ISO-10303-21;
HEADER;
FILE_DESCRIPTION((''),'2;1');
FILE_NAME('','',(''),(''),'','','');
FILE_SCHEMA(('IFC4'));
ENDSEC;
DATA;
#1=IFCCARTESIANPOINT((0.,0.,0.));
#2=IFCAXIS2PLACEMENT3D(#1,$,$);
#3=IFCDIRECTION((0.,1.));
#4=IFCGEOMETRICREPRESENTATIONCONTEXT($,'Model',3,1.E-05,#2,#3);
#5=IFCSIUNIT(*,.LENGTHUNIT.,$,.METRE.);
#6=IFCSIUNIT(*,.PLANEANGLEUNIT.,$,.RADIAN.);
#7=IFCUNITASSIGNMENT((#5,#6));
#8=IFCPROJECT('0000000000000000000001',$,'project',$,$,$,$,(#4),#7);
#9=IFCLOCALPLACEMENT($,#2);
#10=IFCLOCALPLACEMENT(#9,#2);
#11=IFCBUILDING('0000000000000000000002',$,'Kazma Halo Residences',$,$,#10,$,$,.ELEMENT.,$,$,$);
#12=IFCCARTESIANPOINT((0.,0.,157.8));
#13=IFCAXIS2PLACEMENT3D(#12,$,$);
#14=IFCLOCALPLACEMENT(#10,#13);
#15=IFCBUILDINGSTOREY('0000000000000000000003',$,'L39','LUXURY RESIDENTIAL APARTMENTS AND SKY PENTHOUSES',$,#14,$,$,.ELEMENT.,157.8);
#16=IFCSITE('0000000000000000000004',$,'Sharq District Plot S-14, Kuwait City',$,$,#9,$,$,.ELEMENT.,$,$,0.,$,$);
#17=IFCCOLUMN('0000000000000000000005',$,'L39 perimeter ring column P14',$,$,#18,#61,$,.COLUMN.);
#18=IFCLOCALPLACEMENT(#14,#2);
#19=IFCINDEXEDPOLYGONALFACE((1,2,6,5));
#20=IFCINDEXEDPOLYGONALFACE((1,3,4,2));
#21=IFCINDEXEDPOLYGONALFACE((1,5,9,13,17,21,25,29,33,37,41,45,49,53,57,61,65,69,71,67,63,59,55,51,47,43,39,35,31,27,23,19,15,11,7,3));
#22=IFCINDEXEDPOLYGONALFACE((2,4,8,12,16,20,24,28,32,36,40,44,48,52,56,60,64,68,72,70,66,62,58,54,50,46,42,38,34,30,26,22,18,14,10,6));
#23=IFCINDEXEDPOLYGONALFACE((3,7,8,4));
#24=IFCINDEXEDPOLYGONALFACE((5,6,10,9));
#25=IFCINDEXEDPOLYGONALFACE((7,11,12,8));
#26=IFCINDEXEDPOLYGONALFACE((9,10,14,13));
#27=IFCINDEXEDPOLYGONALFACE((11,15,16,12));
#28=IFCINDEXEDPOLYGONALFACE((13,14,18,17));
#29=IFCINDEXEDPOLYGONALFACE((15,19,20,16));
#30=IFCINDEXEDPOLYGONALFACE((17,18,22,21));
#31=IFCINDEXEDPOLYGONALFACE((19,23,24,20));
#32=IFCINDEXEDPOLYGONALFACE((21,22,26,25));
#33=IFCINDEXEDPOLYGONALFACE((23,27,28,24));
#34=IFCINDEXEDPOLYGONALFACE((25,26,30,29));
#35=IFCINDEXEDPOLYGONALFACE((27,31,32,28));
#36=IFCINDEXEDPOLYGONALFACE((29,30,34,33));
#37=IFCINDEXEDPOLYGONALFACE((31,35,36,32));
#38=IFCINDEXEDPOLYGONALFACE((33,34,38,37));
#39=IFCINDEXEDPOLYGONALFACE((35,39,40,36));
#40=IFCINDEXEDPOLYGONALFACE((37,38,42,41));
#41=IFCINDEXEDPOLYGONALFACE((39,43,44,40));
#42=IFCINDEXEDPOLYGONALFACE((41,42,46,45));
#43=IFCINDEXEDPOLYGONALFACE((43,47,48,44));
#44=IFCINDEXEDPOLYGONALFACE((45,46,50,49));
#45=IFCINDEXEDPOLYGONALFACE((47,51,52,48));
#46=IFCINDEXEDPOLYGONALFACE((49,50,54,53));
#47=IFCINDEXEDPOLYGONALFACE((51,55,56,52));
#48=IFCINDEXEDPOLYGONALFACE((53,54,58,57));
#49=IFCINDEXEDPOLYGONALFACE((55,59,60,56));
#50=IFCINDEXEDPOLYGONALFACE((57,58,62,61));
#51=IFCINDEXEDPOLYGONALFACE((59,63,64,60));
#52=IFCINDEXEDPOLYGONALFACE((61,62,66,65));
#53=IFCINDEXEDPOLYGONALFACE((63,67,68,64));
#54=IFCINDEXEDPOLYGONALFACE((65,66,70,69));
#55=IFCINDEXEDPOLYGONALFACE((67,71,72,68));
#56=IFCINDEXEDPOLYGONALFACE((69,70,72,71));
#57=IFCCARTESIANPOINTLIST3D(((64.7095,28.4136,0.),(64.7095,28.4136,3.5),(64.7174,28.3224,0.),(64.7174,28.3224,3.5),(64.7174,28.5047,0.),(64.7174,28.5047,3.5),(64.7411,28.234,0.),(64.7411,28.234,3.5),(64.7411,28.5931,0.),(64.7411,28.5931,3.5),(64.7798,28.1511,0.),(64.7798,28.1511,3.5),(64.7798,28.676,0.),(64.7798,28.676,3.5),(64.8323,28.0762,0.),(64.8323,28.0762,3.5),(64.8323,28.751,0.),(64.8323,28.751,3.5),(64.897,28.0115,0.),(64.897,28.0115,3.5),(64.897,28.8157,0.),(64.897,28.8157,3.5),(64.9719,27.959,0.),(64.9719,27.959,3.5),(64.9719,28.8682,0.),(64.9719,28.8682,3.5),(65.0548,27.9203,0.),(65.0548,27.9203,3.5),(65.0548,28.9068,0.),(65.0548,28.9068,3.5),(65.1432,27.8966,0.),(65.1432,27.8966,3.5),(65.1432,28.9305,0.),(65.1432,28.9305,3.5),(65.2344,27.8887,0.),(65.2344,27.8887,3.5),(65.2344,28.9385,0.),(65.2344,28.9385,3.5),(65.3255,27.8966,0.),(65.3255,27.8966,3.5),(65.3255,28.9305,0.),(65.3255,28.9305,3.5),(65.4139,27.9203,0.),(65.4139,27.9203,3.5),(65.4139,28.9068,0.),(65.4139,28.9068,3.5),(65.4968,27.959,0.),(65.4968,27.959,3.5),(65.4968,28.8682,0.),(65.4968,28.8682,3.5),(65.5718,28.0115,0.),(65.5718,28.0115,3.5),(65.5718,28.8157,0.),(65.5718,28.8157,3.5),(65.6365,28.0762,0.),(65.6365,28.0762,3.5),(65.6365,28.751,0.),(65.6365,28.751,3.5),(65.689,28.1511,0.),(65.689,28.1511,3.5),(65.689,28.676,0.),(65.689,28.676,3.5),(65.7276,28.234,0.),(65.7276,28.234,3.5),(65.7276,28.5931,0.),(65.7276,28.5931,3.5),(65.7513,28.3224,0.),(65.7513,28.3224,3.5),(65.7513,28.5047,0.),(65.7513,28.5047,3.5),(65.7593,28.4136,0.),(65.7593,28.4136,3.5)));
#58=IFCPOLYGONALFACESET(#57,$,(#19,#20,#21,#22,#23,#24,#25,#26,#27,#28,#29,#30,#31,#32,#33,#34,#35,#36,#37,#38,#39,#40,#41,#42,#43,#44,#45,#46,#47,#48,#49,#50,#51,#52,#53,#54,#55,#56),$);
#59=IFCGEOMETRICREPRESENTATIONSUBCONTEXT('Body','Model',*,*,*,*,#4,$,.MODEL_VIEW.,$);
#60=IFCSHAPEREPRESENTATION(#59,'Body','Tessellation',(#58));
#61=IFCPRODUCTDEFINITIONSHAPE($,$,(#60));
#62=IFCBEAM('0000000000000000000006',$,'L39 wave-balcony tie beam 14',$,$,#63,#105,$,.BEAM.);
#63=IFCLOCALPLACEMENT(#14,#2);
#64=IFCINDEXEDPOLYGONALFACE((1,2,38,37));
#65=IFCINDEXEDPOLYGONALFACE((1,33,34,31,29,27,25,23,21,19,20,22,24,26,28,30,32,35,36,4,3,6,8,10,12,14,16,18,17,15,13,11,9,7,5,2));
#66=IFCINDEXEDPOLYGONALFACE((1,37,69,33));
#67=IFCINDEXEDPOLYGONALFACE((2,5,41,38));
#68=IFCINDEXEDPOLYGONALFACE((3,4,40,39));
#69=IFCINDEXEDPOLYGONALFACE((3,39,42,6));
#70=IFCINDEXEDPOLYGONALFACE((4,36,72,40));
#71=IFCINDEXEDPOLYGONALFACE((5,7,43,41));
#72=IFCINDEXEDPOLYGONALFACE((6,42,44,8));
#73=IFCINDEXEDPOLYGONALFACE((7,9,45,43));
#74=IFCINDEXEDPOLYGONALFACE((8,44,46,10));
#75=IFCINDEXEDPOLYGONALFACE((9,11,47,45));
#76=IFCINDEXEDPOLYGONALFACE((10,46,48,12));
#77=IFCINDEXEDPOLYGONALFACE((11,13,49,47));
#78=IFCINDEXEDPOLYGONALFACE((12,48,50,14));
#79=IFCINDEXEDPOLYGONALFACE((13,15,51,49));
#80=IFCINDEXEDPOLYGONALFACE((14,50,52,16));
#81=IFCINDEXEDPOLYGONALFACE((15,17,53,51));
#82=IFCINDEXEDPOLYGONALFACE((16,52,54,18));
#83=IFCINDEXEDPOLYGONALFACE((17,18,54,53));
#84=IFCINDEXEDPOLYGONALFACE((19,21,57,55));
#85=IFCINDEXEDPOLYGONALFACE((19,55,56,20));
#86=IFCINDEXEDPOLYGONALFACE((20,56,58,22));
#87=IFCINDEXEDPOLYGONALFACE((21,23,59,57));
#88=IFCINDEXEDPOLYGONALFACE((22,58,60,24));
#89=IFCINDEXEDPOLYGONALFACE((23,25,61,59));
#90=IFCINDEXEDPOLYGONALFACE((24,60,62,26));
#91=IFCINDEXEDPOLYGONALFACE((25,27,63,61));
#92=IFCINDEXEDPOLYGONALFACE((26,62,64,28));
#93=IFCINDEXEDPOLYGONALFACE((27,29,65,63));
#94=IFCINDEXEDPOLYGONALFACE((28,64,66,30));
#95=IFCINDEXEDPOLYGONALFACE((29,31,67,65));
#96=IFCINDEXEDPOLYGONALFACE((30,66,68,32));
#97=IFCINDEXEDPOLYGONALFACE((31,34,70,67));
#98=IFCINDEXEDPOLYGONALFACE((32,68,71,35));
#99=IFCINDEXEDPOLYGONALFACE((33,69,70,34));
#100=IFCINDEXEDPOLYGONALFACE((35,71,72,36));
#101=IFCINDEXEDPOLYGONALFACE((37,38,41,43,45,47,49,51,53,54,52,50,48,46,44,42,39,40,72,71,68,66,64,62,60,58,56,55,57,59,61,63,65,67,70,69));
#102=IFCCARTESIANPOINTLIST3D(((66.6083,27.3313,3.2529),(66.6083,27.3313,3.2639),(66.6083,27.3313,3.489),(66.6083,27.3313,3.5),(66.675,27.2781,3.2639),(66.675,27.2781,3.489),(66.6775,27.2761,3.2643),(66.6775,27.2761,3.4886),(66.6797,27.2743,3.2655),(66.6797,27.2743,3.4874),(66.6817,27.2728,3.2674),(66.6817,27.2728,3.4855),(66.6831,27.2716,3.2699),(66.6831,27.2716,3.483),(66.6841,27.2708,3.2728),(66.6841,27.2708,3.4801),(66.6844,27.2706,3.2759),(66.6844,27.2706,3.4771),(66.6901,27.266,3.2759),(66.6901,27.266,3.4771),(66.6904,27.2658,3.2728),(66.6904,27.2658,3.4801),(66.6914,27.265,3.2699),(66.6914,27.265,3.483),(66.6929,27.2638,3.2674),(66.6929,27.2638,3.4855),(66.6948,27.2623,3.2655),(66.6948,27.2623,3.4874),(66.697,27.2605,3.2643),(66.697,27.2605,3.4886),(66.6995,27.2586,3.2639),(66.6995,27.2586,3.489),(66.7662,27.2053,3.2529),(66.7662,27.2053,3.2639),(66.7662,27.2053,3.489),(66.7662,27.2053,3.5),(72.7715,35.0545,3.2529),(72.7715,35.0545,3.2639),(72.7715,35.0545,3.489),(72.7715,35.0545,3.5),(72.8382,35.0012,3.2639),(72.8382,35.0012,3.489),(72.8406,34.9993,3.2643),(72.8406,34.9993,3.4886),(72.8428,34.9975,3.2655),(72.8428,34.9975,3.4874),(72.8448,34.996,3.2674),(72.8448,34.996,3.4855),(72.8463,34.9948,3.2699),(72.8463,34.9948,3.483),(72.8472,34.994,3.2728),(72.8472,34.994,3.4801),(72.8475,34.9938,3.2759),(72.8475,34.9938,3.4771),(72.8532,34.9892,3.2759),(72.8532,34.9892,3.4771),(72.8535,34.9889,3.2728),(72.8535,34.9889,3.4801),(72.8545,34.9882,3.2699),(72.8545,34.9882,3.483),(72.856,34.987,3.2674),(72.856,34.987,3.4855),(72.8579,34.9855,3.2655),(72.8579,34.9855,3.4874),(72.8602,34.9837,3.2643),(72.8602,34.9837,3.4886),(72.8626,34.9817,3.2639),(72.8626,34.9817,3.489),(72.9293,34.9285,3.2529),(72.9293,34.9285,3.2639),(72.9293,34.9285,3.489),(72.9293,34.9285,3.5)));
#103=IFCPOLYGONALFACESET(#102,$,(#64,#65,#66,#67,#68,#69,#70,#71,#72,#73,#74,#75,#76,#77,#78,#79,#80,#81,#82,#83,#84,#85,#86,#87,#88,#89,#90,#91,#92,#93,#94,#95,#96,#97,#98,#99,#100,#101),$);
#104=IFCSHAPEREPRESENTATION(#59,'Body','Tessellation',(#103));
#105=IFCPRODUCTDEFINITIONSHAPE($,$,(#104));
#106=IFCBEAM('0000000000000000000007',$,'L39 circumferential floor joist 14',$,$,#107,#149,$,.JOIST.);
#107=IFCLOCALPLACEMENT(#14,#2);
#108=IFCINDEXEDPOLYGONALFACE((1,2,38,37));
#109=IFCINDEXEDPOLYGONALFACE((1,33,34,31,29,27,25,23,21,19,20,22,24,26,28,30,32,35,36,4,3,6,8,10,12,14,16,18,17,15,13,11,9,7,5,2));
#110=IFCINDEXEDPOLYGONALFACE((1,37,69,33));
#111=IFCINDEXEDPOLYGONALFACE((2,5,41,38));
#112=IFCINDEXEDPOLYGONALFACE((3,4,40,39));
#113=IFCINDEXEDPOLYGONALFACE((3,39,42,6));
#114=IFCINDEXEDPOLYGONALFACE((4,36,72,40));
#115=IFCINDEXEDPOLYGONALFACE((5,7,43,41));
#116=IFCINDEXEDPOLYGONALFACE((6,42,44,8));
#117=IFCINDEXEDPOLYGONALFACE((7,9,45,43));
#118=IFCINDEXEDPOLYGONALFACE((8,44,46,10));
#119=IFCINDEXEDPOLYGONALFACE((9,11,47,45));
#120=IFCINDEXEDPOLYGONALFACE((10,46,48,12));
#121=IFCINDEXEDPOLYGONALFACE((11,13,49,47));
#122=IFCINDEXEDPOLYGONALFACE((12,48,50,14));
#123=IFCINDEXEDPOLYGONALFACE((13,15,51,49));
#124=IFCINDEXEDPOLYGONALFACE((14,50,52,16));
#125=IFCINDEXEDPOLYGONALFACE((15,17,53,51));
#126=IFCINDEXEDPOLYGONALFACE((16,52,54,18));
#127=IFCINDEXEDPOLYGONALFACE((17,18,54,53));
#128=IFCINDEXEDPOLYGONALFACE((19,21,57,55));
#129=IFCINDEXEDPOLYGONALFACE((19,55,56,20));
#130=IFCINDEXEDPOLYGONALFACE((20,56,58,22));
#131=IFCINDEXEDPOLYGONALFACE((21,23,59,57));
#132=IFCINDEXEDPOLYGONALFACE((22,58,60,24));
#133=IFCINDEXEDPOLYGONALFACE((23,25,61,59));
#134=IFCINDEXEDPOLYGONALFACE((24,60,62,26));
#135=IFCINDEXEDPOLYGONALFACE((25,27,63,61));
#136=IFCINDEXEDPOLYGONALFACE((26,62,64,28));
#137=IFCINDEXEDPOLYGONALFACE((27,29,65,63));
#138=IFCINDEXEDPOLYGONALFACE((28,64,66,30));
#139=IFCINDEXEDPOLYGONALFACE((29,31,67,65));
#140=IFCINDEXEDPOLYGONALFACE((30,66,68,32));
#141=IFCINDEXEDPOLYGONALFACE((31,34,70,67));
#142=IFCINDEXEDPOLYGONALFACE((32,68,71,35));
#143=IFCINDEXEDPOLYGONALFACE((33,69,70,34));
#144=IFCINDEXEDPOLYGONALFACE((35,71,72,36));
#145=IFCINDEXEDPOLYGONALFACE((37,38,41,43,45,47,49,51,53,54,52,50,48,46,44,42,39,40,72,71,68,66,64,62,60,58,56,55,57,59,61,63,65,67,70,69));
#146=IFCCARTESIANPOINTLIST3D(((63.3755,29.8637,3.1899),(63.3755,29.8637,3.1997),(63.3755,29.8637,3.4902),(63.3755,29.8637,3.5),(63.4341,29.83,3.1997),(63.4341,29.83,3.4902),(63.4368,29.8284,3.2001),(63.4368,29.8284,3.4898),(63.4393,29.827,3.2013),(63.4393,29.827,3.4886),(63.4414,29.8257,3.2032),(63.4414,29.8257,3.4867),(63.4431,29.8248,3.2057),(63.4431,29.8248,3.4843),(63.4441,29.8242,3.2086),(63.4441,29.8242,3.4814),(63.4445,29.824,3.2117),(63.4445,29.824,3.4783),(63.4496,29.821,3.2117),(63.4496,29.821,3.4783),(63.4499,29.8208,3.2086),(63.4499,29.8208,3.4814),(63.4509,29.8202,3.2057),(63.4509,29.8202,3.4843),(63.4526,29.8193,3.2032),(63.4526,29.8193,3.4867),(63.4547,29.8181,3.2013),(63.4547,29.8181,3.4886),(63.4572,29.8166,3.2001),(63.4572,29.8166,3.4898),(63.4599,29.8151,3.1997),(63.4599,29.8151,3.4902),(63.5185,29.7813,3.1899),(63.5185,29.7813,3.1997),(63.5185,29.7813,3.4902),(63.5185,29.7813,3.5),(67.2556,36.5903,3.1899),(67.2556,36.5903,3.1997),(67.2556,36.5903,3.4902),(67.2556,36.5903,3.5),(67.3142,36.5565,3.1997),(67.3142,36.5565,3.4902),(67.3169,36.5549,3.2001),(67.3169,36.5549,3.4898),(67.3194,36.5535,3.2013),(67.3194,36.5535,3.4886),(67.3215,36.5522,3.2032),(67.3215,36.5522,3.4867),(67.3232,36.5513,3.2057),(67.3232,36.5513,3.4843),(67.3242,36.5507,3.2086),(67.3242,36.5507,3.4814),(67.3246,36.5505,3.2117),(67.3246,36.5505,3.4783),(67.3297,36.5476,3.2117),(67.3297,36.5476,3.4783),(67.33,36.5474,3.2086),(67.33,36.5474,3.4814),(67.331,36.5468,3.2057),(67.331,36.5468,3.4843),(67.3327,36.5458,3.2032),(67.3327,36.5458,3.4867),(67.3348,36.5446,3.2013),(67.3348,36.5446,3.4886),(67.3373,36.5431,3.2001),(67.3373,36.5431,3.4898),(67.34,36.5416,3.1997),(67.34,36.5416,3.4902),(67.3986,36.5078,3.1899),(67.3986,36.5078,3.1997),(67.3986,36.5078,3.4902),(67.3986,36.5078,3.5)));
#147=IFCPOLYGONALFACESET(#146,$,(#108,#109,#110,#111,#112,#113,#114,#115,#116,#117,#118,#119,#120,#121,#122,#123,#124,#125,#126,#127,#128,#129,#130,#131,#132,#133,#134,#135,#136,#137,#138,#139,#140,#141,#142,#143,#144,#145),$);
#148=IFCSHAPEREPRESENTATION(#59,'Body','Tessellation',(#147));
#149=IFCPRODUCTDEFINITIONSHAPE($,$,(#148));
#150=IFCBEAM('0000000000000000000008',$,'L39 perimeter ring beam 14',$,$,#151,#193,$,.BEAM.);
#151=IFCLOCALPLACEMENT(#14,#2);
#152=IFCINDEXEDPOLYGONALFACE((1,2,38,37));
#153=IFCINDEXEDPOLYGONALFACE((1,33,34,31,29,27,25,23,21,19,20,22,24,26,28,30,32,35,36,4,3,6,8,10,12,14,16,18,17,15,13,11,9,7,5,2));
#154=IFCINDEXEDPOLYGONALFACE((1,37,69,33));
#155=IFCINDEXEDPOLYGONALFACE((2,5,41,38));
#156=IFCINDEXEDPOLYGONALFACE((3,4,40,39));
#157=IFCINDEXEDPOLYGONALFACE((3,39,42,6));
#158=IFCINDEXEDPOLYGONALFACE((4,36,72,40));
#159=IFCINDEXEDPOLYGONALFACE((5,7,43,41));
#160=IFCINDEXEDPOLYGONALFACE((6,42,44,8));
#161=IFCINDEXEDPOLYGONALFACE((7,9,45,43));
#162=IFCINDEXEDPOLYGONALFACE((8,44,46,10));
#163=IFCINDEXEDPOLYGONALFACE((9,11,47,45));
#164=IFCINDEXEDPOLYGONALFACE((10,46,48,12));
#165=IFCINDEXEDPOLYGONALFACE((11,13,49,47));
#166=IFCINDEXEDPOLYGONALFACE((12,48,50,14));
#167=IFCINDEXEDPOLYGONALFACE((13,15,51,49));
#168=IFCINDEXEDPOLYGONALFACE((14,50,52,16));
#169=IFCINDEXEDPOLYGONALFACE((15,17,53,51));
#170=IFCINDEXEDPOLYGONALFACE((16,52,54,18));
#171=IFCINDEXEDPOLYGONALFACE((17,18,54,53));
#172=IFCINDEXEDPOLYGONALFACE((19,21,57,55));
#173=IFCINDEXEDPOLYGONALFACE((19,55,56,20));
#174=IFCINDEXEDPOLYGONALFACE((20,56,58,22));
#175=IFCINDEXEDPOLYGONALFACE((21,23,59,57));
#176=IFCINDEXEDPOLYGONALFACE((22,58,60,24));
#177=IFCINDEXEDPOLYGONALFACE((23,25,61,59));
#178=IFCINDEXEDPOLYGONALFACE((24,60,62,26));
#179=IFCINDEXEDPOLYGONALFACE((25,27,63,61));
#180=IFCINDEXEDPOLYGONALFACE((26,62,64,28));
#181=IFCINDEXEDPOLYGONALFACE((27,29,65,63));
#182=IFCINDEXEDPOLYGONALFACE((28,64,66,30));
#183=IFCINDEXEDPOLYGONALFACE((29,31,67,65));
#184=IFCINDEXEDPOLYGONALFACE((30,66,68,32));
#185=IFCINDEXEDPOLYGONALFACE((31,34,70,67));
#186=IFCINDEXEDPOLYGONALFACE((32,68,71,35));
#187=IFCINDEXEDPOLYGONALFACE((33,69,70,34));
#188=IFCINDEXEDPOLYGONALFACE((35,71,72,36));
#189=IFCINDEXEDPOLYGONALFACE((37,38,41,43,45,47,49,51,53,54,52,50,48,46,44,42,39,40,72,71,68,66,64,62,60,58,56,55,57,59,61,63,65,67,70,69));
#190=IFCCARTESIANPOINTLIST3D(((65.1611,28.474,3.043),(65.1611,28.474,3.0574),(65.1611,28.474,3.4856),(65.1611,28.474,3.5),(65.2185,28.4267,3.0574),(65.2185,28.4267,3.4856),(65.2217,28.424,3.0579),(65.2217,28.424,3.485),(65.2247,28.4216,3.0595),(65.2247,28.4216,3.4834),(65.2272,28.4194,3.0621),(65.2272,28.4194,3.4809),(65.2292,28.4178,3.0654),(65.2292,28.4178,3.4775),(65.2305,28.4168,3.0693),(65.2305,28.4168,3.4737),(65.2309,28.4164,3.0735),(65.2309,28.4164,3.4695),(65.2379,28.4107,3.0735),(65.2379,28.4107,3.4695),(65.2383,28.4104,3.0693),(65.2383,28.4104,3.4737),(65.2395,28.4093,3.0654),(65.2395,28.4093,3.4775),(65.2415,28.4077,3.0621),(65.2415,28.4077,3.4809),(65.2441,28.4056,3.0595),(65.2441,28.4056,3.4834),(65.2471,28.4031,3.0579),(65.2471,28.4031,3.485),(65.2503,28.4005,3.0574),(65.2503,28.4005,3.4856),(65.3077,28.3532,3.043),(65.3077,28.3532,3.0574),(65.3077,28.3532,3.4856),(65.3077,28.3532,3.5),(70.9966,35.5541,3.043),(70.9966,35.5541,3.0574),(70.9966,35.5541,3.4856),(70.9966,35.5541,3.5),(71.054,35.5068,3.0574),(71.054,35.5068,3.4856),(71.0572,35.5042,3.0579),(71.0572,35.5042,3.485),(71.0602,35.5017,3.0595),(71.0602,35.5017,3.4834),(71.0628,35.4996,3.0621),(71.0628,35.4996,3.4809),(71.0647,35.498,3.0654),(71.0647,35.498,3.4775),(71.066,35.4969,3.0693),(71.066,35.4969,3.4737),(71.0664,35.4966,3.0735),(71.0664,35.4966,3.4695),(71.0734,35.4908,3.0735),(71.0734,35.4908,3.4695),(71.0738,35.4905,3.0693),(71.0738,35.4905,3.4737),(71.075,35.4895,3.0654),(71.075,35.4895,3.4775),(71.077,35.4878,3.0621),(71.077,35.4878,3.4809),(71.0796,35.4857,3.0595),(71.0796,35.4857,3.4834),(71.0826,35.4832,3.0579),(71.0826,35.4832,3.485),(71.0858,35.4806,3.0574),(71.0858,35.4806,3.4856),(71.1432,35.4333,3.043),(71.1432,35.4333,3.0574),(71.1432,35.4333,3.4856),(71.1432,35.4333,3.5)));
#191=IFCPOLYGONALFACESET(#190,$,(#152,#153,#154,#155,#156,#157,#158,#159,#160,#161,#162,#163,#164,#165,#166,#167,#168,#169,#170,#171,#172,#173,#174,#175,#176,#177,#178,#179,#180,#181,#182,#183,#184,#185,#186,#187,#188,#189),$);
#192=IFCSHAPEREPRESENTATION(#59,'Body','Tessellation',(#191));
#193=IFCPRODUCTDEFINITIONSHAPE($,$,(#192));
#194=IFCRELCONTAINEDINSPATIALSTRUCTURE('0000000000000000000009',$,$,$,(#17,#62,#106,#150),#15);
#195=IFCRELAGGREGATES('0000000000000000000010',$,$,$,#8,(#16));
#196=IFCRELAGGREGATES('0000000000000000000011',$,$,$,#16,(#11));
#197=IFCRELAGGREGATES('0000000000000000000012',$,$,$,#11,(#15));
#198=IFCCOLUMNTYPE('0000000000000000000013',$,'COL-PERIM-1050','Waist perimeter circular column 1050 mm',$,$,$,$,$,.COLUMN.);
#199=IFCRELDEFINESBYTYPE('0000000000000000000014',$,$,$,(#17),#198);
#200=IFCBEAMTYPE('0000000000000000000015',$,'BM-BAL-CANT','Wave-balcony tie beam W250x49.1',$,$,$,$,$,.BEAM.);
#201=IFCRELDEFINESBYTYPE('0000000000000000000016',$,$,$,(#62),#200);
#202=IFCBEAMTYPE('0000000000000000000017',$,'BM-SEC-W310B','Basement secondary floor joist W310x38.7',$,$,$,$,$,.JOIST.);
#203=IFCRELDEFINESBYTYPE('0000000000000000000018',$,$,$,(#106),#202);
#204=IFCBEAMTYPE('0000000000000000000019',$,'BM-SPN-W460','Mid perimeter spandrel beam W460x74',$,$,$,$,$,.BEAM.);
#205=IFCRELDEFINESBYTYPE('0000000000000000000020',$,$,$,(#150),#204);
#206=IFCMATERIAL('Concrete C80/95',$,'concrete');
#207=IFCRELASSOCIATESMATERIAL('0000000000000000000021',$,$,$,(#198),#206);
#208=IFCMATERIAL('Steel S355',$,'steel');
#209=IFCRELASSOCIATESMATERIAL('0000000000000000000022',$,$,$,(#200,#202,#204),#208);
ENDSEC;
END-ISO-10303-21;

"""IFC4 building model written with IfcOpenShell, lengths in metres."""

from ifc_helpers import new_model, si_unit, direction, frame, origin, origin_2d, place, context, subcontext, project, spatial, circle, i_section, extrude, material, material_profile, profile_set, type_object, element, save


model = new_model("IFC4")

# Units and contexts
model_context = context("Model", 3, precision=1e-05, world=origin(), true_north=direction((0.0, 1.0)))
body_context = subcontext(model_context, "Body", "Model", "MODEL_VIEW")
ifc_project = project(units=[si_unit("LENGTHUNIT", "METRE"), si_unit("PLANEANGLEUNIT", "RADIAN")], contexts=[model_context])

# Site, building, storey
site_placement = place(None, origin())
site = spatial("IfcSite", under=ifc_project, at=site_placement, Name="Sharq District Plot S-14, Kuwait City", CompositionType="ELEMENT", RefElevation=0.0)
building_placement = place(site_placement, origin())
building = spatial("IfcBuilding", under=site, at=building_placement, Name="Kazma Halo Residences", CompositionType="ELEMENT")
storey_placement = place(building_placement, frame((0.0, 0.0, 157.8)))
storey = spatial("IfcBuildingStorey", under=building, at=storey_placement, Name="L39", Description="LUXURY RESIDENTIAL APARTMENTS AND SKY PENTHOUSES", CompositionType="ELEMENT", Elevation=157.8)

# Column
ifc_material_1 = material(Name="Concrete C80/95", Category="concrete")
ifc_material_profile_1 = material_profile(ifc_material_1, circle(Radius=0.5249, at=origin_2d()), Name="CIRC1050")
ifc_profile_set_1 = profile_set([ifc_material_profile_1], Name="Concrete C80/95")
column_type = type_object("IfcColumnType", Name="COL-PERIM-1050", Description="Waist perimeter circular column 1050 mm", PredefinedType="COLUMN", material=ifc_profile_set_1)
column_placement = place(storey_placement, frame((65.2344, 28.4136, 0.0), z_axis=(0.0, 0.0, 1.0), x_axis=(1.0, 0.0, 0.0)))
element("IfcColumn", 1, at=column_placement, inside=storey, type_object=column_type, Name="L39 perimeter ring column P14", PredefinedType="COLUMN", context=body_context, shape_type="SweptSolid", body=[
    extrude(circle(Radius=0.5249, at=origin_2d()), origin(), (0.0, 0.0, 1.0), 3.5),
])

# Beams
ifc_material_2 = material(Name="Steel S355", Category="steel")
ifc_material_profile_2 = material_profile(ifc_material_2, i_section(OverallWidth=0.2019, OverallDepth=0.2471, WebThickness=0.0073, FlangeThickness=0.011, FilletRadius=0.012, at=origin_2d()), Name="W250x49.1")
ifc_profile_set_2 = profile_set([ifc_material_profile_2], Name="Steel S355")
beam_type_1 = type_object("IfcBeamType", Name="BM-BAL-CANT", Description="Wave-balcony tie beam W250x49.1", PredefinedType="BEAM", material=ifc_profile_set_2)
beam_1_placement = place(storey_placement, frame((66.6873, 27.2683, 3.3765), z_axis=(0.623742, 0.78163, 0.0), x_axis=(-0.78163, 0.623742, 0.0)))
element("IfcBeam", 2, at=beam_1_placement, inside=storey, type_object=beam_type_1, Name="L39 wave-balcony tie beam 14", PredefinedType="BEAM", context=body_context, shape_type="SweptSolid", body=[
    extrude(i_section(OverallWidth=0.2019, OverallDepth=0.2471, WebThickness=0.0073, FlangeThickness=0.011, FilletRadius=0.012, at=origin_2d()), origin(), (0.0, 0.0, 1.0), 9.8809),
])
ifc_material_profile_3 = material_profile(ifc_material_2, i_section(OverallWidth=0.165, OverallDepth=0.3101, WebThickness=0.0059, FlangeThickness=0.0098, FilletRadius=0.012, at=origin_2d()), Name="W310x38.7")
ifc_profile_set_3 = profile_set([ifc_material_profile_3], Name="Steel S355")
beam_type_2 = type_object("IfcBeamType", Name="BM-SEC-W310B", Description="Basement secondary floor joist W310x38.7", PredefinedType="JOIST", material=ifc_profile_set_3)
beam_2_placement = place(storey_placement, frame((63.447, 29.8225, 3.345), z_axis=(0.499666, 0.866218, 0.0), x_axis=(-0.866218, 0.499666, 0.0)))
element("IfcBeam", 3, at=beam_2_placement, inside=storey, type_object=beam_type_2, Name="L39 circumferential floor joist 14", PredefinedType="JOIST", context=body_context, shape_type="SweptSolid", body=[
    extrude(i_section(OverallWidth=0.165, OverallDepth=0.3101, WebThickness=0.0059, FlangeThickness=0.0098, FilletRadius=0.012, at=origin_2d()), origin(), (0.0, 0.0, 1.0), 7.7654),
])
ifc_material_profile_4 = material_profile(ifc_material_2, i_section(OverallWidth=0.1899, OverallDepth=0.457, WebThickness=0.009, FlangeThickness=0.0144, FilletRadius=0.0161, at=origin_2d()), Name="W460x74")
ifc_profile_set_4 = profile_set([ifc_material_profile_4], Name="Steel S355")
beam_type_3 = type_object("IfcBeamType", Name="BM-SPN-W460", Description="Mid perimeter spandrel beam W460x74", PredefinedType="BEAM", material=ifc_profile_set_4)
beam_3_placement = place(storey_placement, frame((65.2344, 28.4136, 3.2715), z_axis=(0.636019, 0.771674, 0.0), x_axis=(-0.771674, 0.636019, 0.0)))
element("IfcBeam", 4, at=beam_3_placement, inside=storey, type_object=beam_type_3, Name="L39 perimeter ring beam 14", PredefinedType="BEAM", context=body_context, shape_type="SweptSolid", body=[
    extrude(i_section(OverallWidth=0.1899, OverallDepth=0.457, WebThickness=0.009, FlangeThickness=0.0144, FilletRadius=0.0161, at=origin_2d()), origin(), (0.0, 0.0, 1.0), 9.175),
])

save(model, "model.ifc")
